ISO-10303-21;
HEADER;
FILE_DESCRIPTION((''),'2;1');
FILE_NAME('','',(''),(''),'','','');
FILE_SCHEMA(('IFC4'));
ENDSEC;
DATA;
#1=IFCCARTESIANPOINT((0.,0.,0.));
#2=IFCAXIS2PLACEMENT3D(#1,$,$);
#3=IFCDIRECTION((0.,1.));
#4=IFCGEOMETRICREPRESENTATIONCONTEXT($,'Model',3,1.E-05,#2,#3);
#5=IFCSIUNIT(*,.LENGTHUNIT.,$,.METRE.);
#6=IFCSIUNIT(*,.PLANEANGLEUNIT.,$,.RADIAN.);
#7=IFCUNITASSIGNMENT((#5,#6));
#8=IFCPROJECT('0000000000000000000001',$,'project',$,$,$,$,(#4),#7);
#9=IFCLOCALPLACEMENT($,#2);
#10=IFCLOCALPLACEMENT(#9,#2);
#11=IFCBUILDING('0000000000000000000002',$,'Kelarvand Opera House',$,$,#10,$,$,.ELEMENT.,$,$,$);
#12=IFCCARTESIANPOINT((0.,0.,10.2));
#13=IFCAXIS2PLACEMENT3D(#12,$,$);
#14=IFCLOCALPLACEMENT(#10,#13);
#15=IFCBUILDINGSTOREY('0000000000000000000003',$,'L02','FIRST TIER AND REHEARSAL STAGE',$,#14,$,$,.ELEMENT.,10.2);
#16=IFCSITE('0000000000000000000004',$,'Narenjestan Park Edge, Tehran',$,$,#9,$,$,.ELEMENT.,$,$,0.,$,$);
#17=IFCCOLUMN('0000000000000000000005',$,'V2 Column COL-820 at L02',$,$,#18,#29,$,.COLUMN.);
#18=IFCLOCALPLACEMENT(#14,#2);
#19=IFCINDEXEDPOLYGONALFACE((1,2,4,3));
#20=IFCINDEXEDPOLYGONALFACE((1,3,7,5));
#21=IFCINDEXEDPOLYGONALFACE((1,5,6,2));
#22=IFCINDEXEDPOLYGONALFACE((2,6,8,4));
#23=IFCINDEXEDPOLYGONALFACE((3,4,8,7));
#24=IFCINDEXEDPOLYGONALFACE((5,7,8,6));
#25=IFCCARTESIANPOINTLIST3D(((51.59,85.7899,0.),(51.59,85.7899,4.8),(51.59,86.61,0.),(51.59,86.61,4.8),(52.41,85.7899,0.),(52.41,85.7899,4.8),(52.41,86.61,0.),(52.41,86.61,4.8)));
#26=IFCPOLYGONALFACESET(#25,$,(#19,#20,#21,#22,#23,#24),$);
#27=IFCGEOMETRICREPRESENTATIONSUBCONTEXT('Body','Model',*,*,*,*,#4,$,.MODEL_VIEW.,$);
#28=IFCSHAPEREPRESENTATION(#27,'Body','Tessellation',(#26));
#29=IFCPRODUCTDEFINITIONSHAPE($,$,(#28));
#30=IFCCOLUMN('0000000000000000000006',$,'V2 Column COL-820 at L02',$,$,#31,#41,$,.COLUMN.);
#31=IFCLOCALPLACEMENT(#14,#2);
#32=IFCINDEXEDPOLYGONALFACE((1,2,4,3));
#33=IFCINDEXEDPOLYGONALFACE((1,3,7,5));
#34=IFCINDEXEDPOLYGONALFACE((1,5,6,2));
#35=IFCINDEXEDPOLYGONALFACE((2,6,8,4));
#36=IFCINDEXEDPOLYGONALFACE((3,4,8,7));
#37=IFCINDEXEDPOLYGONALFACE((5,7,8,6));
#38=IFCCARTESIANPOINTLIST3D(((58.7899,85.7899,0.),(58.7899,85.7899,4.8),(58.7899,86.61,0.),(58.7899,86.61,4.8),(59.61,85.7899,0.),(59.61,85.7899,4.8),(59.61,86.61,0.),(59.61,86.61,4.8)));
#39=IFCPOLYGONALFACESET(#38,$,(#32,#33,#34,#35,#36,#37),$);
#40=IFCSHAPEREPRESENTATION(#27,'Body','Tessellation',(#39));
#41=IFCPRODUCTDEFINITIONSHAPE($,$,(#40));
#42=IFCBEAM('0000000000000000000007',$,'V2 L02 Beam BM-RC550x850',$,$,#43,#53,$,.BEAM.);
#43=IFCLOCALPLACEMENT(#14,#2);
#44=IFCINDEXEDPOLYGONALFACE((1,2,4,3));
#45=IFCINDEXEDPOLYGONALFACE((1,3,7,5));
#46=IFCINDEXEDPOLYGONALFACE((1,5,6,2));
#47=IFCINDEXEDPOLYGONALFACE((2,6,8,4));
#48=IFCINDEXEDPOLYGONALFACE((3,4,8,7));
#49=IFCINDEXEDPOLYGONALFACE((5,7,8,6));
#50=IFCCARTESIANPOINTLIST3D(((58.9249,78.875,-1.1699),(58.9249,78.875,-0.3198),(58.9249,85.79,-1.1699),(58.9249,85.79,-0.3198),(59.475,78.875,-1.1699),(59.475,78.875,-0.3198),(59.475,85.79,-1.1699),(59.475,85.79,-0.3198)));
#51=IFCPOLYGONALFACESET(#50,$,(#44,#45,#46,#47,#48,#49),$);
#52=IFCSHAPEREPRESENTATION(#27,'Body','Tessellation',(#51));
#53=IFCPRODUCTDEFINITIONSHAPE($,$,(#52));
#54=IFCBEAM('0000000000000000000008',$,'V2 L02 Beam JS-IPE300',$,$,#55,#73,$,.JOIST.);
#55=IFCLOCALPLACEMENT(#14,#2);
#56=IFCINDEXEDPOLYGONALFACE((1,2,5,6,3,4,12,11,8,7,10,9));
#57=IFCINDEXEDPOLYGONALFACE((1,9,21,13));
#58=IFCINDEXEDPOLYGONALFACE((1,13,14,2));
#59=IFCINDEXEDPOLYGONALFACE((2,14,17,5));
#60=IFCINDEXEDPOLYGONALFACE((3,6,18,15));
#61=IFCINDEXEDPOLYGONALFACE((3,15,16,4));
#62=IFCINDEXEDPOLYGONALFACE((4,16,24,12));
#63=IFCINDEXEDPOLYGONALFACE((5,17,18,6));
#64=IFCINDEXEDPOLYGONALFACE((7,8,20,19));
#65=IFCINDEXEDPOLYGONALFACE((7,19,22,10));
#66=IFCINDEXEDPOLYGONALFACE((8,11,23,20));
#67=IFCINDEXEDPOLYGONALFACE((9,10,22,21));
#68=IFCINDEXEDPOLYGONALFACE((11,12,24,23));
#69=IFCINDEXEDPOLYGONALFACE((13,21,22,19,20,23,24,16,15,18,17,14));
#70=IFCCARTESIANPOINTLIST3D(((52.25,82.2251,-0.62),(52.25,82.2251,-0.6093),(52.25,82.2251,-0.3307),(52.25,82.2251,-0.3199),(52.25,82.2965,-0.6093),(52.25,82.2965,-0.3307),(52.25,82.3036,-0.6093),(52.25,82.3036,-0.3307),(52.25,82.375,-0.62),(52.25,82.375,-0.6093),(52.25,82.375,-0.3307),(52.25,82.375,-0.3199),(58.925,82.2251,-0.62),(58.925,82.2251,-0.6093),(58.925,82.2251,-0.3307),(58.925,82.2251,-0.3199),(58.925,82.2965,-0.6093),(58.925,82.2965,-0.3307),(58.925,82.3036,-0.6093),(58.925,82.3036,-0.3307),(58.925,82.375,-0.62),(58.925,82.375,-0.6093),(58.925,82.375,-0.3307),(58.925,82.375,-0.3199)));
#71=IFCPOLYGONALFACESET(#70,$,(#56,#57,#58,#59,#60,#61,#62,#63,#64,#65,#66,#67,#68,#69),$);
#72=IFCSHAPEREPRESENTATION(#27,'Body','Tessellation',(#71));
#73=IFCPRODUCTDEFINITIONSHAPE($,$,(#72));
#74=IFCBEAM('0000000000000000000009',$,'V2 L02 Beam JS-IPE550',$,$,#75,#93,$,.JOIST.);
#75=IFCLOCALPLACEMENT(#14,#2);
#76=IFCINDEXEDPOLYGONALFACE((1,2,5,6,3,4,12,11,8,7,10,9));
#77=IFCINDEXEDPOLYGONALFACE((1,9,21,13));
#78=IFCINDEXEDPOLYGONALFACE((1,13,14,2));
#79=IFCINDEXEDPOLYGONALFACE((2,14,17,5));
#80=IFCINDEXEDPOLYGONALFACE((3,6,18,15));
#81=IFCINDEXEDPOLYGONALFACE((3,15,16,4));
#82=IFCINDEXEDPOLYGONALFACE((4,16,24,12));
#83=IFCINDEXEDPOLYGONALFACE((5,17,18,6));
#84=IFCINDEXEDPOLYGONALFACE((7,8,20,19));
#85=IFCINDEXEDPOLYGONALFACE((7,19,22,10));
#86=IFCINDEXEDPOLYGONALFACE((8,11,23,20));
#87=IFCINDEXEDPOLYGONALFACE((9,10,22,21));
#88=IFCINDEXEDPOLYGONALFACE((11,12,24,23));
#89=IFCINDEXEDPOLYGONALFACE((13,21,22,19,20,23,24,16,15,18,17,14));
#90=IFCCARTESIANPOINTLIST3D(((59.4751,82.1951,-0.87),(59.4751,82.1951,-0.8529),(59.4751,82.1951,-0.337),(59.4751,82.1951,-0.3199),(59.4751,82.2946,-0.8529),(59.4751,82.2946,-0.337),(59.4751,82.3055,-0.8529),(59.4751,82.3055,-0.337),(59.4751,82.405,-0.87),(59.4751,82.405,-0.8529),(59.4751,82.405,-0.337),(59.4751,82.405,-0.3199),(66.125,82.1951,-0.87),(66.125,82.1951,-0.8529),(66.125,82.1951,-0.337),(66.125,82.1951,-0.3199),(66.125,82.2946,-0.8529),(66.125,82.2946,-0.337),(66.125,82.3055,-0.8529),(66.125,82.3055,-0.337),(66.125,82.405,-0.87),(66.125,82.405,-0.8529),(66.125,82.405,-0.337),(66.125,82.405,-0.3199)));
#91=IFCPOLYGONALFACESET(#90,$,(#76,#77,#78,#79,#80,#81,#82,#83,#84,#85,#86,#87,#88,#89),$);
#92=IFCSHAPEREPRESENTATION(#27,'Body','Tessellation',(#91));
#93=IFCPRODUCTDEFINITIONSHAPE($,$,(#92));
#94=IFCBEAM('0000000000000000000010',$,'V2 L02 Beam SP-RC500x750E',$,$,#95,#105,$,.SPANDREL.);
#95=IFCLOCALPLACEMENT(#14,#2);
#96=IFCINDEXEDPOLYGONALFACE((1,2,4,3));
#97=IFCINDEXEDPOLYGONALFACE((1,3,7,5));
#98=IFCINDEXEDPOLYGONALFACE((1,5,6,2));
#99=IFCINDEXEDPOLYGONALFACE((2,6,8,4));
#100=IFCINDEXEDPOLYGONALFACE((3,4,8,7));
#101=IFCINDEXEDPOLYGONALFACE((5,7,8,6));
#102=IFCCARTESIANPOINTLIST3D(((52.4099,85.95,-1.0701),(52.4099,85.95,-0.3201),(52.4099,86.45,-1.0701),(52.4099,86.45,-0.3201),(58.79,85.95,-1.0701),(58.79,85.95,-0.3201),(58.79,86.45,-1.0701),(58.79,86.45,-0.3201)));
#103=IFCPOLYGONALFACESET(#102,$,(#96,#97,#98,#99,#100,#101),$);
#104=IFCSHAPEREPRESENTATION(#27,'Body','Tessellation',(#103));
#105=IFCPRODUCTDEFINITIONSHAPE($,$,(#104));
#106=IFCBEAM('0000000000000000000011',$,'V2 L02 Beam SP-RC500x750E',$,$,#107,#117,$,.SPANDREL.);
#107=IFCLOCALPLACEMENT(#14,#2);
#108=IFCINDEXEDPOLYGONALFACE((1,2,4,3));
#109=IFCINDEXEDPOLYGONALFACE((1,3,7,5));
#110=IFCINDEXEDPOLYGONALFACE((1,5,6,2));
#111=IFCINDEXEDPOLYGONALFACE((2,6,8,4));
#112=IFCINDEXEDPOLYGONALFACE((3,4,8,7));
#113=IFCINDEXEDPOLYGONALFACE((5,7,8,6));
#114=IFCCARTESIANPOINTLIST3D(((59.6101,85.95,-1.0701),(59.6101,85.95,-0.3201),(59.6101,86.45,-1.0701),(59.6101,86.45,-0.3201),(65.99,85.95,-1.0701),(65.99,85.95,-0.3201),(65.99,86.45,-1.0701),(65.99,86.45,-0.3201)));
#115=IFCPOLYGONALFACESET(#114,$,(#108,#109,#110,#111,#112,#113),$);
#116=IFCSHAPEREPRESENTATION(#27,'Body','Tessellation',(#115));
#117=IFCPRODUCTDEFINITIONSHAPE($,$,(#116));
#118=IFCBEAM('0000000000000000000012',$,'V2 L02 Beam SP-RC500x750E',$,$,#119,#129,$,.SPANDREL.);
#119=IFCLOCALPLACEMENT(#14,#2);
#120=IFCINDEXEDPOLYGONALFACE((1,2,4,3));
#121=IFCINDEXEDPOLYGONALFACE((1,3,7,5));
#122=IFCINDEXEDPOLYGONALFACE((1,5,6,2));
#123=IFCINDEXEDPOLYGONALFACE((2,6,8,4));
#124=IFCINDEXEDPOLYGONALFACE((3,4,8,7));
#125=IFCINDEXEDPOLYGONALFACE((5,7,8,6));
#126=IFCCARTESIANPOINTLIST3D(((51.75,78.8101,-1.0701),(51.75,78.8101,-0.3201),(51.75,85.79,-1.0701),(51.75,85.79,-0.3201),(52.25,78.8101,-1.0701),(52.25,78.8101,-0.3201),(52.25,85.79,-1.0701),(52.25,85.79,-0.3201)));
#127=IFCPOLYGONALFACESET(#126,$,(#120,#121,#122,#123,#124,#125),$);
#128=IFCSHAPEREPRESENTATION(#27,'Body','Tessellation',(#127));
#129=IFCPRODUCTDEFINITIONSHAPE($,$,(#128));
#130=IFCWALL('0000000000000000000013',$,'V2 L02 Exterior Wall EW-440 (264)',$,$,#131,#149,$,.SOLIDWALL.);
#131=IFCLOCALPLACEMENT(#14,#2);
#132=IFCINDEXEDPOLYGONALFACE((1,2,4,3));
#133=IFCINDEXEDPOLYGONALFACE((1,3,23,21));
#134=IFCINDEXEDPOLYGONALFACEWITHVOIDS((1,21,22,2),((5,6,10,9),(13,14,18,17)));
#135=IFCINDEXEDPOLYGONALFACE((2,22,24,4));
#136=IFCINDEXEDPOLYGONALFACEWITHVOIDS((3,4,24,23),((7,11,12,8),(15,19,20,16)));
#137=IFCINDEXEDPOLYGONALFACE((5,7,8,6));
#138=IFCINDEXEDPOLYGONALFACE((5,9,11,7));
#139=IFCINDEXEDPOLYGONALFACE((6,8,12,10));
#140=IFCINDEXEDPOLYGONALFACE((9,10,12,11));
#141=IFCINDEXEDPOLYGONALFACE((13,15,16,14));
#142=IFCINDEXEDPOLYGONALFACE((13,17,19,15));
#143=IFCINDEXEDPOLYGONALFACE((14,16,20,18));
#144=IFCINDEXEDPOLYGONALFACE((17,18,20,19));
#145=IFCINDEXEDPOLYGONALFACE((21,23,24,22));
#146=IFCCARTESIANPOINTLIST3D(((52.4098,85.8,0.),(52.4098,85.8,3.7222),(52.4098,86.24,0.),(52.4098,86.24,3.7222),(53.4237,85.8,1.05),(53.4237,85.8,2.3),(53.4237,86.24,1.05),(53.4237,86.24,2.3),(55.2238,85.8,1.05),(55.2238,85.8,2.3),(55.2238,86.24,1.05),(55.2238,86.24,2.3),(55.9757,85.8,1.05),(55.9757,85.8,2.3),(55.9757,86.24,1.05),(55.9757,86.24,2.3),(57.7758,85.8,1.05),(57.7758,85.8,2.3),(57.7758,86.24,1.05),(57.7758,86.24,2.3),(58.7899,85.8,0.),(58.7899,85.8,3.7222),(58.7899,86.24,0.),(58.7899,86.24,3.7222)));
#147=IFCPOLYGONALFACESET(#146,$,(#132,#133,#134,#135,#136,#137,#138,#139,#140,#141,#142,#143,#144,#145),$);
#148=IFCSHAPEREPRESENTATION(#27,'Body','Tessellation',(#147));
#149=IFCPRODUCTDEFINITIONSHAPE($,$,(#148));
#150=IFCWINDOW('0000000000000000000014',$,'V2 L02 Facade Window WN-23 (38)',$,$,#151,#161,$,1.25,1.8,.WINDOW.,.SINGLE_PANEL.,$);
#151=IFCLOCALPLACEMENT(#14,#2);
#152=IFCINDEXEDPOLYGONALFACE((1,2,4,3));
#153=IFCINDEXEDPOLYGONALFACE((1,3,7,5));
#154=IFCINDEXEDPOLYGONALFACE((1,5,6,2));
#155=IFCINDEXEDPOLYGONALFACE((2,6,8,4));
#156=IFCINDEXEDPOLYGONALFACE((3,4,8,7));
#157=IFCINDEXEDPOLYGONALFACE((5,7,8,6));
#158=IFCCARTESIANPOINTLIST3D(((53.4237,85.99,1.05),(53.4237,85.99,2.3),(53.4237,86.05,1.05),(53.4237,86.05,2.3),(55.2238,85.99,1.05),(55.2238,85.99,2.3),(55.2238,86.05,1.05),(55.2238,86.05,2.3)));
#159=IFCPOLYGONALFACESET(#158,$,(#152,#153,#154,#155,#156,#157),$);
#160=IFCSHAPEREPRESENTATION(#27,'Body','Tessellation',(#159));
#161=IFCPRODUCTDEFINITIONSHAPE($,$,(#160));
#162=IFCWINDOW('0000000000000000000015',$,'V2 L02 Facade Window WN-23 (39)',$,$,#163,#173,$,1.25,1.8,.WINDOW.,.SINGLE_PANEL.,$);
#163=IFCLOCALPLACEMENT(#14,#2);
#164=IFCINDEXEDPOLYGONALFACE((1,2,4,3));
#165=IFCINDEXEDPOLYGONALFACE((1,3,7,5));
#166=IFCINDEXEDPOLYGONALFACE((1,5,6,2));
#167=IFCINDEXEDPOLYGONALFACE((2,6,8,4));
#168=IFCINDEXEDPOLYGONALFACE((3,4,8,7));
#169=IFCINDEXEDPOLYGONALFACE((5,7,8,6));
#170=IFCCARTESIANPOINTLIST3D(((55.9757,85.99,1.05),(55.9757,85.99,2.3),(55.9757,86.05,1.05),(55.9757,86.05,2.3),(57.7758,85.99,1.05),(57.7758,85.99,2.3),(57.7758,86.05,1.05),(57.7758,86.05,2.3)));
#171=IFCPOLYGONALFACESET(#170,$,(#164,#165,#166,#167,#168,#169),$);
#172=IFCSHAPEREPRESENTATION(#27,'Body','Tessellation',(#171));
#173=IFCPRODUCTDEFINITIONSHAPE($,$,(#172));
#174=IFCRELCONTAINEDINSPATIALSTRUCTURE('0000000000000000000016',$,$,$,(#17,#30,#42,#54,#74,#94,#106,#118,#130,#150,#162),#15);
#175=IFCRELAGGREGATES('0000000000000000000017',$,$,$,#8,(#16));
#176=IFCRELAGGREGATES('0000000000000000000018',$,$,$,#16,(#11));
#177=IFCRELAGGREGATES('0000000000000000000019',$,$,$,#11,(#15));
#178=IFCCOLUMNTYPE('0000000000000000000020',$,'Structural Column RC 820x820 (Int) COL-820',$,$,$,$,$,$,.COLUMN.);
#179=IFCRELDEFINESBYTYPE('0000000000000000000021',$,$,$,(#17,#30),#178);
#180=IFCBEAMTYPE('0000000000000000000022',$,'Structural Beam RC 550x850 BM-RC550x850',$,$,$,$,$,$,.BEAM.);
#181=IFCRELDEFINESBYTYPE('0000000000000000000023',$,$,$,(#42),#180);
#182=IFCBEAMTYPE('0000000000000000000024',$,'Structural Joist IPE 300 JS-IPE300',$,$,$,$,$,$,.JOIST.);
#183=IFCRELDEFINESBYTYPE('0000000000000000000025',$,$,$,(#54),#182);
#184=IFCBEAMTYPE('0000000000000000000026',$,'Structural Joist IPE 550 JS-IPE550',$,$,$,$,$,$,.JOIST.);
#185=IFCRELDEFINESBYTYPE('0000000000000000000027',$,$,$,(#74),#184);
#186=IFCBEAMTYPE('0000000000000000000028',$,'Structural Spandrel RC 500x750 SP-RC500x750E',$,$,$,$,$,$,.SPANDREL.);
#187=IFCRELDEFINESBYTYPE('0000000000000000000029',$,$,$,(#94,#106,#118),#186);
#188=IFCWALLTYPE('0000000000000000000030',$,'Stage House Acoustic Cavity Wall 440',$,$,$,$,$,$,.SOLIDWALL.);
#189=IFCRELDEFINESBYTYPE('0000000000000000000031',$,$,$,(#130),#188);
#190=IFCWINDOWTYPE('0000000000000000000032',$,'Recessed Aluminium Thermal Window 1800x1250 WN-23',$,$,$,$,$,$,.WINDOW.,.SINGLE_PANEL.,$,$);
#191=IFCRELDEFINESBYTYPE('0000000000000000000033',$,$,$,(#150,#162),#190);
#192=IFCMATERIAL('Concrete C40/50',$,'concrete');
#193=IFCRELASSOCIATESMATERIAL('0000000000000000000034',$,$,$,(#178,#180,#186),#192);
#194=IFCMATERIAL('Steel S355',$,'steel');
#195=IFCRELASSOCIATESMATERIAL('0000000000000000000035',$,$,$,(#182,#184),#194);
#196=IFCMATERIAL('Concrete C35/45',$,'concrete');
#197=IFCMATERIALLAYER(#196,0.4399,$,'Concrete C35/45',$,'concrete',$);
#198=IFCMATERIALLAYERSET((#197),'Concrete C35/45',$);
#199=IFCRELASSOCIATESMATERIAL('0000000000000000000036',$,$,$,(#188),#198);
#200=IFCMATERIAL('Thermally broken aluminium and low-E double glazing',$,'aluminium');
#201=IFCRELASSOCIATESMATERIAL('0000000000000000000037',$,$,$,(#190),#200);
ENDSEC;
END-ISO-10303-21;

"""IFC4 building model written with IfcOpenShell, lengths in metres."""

from ifc_helpers import new_model, si_unit, direction, frame, frame_2d, origin, origin_2d, place, context, subcontext, project, spatial, rectangle, i_section, extrude, material, layer, layer_set, material_profile, profile_set, type_object, element, fill, save


model = new_model("IFC4")

# Units and contexts
model_context = context("Model", 3, precision=1e-05, world=origin(), true_north=direction((0.0, 1.0)))
body_context = subcontext(model_context, "Body", "Model", "MODEL_VIEW")
ifc_project = project(units=[si_unit("LENGTHUNIT", "METRE"), si_unit("PLANEANGLEUNIT", "RADIAN")], contexts=[model_context])

# Site, building, storey
site_placement = place(None, origin())
site = spatial("IfcSite", under=ifc_project, at=site_placement, Name="Narenjestan Park Edge, Tehran", CompositionType="ELEMENT", RefElevation=0.0)
building_placement = place(site_placement, origin())
building = spatial("IfcBuilding", under=site, at=building_placement, Name="Kelarvand Opera House", CompositionType="ELEMENT")
storey_placement = place(building_placement, frame((0.0, 0.0, 10.2)))
storey = spatial("IfcBuildingStorey", under=building, at=storey_placement, Name="L02", Description="FIRST TIER AND REHEARSAL STAGE", CompositionType="ELEMENT", Elevation=10.2)

# Columns
ifc_material_1 = material(Name="Concrete C40/50", Category="concrete")
ifc_material_profile_1 = material_profile(ifc_material_1, rectangle(XDim=0.8201, YDim=0.8201, at=origin_2d()), Name="RC 820x820", Category="concrete")
ifc_profile_set_1 = profile_set([ifc_material_profile_1], Name="Concrete C40/50")
column_type = type_object("IfcColumnType", Name="Structural Column RC 820x820 (Int) COL-820", PredefinedType="COLUMN", material=ifc_profile_set_1)
for number, where, z_axis, x_axis, name in (
    (1, (52.0, 86.2, 0.0), (0.0, 0.0, 1.0), (1.0, 0.0, 0.0), "V2 Column COL-820 at L02"),
    (2, (59.2, 86.2, 0.0), (0.0, 0.0, 1.0), (1.0, 0.0, 0.0), "V2 Column COL-820 at L02"),
):
    element("IfcColumn", number, at=place(storey_placement, frame(where, z_axis=z_axis, x_axis=x_axis)), inside=storey, type_object=column_type, Name=name, PredefinedType="COLUMN", context=body_context, shape_type="SweptSolid", body=[
        extrude(rectangle(XDim=0.8201, YDim=0.8201, at=origin_2d()), origin(), (0.0, 0.0, 1.0), 4.8),
    ])

# Beams
ifc_material_profile_2 = material_profile(ifc_material_1, rectangle(XDim=0.55, YDim=0.8501, at=origin_2d()), Name="RC 550x850", Category="concrete")
ifc_profile_set_2 = profile_set([ifc_material_profile_2], Name="Concrete C40/50")
beam_type_1 = type_object("IfcBeamType", Name="Structural Beam RC 550x850 BM-RC550x850", PredefinedType="BEAM", material=ifc_profile_set_2)
beam_1_placement = place(storey_placement, frame((59.2, 78.875, -0.7449), z_axis=(0.0, 1.0, 0.0), x_axis=(-1.0, 0.0, 0.0)))
element("IfcBeam", 3, at=beam_1_placement, inside=storey, type_object=beam_type_1, Name="V2 L02 Beam BM-RC550x850", PredefinedType="BEAM", context=body_context, shape_type="SweptSolid", body=[
    extrude(rectangle(XDim=0.55, YDim=0.8501, at=origin_2d()), origin(), (0.0, 0.0, 1.0), 6.915),
])
ifc_material_2 = material(Name="Steel S355", Category="steel")
ifc_material_profile_3 = material_profile(ifc_material_2, i_section(OverallWidth=0.1499, OverallDepth=0.3, WebThickness=0.0071, FlangeThickness=0.0107, at=origin_2d()), Name="IPE 300", Category="steel")
ifc_profile_set_3 = profile_set([ifc_material_profile_3], Name="Steel S355")
beam_type_2 = type_object("IfcBeamType", Name="Structural Joist IPE 300 JS-IPE300", PredefinedType="JOIST", material=ifc_profile_set_3)
beam_2_placement = place(storey_placement, frame((52.25, 82.3, -0.47), z_axis=(1.0, 0.0, 0.0), x_axis=(0.0, 1.0, 0.0)))
element("IfcBeam", 4, at=beam_2_placement, inside=storey, type_object=beam_type_2, Name="V2 L02 Beam JS-IPE300", PredefinedType="JOIST", context=body_context, shape_type="SweptSolid", body=[
    extrude(i_section(OverallWidth=0.1499, OverallDepth=0.3, WebThickness=0.0071, FlangeThickness=0.0107, at=origin_2d()), origin(), (0.0, 0.0, 1.0), 6.675),
])
ifc_material_profile_4 = material_profile(ifc_material_2, i_section(OverallWidth=0.21, OverallDepth=0.55, WebThickness=0.011, FlangeThickness=0.0171, at=origin_2d()), Name="IPE 550", Category="steel")
ifc_profile_set_4 = profile_set([ifc_material_profile_4], Name="Steel S355")
beam_type_3 = type_object("IfcBeamType", Name="Structural Joist IPE 550 JS-IPE550", PredefinedType="JOIST", material=ifc_profile_set_4)
beam_3_placement = place(storey_placement, frame((59.4751, 82.3, -0.595), z_axis=(1.0, 0.0, 0.0), x_axis=(0.0, 1.0, 0.0)))
element("IfcBeam", 5, at=beam_3_placement, inside=storey, type_object=beam_type_3, Name="V2 L02 Beam JS-IPE550", PredefinedType="JOIST", context=body_context, shape_type="SweptSolid", body=[
    extrude(i_section(OverallWidth=0.21, OverallDepth=0.55, WebThickness=0.011, FlangeThickness=0.0171, at=origin_2d()), origin(), (0.0, 0.0, 1.0), 6.6499),
])
ifc_material_profile_5 = material_profile(ifc_material_1, rectangle(XDim=0.5, YDim=0.75, at=origin_2d()), Name="RC 500x750", Category="concrete")
ifc_profile_set_5 = profile_set([ifc_material_profile_5], Name="Concrete C40/50")
beam_type_4 = type_object("IfcBeamType", Name="Structural Spandrel RC 500x750 SP-RC500x750E", PredefinedType="SPANDREL", material=ifc_profile_set_5)
beam_4_placement = place(storey_placement, frame((52.4099, 86.2, -0.6951), z_axis=(1.0, 0.0, 0.0), x_axis=(0.0, 1.0, 0.0)))
element("IfcBeam", 6, at=beam_4_placement, inside=storey, type_object=beam_type_4, Name="V2 L02 Beam SP-RC500x750E", PredefinedType="SPANDREL", context=body_context, shape_type="SweptSolid", body=[
    extrude(rectangle(XDim=0.5, YDim=0.75, at=origin_2d()), origin(), (0.0, 0.0, 1.0), 6.3801),
])
beam_5_placement = place(storey_placement, frame((59.6101, 86.2, -0.6951), z_axis=(1.0, 0.0, 0.0), x_axis=(0.0, 1.0, 0.0)))
element("IfcBeam", 7, at=beam_5_placement, inside=storey, type_object=beam_type_4, Name="V2 L02 Beam SP-RC500x750E", PredefinedType="SPANDREL", context=body_context, shape_type="SweptSolid", body=[
    extrude(rectangle(XDim=0.5, YDim=0.75, at=origin_2d()), origin(), (0.0, 0.0, 1.0), 6.3799),
])
beam_6_placement = place(storey_placement, frame((52.0, 78.8101, -0.6951), z_axis=(0.0, 1.0, 0.0), x_axis=(-1.0, 0.0, 0.0)))
element("IfcBeam", 8, at=beam_6_placement, inside=storey, type_object=beam_type_4, Name="V2 L02 Beam SP-RC500x750E", PredefinedType="SPANDREL", context=body_context, shape_type="SweptSolid", body=[
    extrude(rectangle(XDim=0.5, YDim=0.75, at=origin_2d()), origin(), (0.0, 0.0, 1.0), 6.98),
])

# Wall, openings, windows
ifc_material_3 = material(Name="Concrete C35/45", Category="concrete")
ifc_layer = layer(ifc_material_3, 0.4399, Name="Concrete C35/45", Category="concrete")
ifc_layer_set = layer_set([ifc_layer], Name="Concrete C35/45")
wall_type = type_object("IfcWallType", Name="Stage House Acoustic Cavity Wall 440", PredefinedType="SOLIDWALL", material=ifc_layer_set)
wall_1_placement = place(storey_placement, frame((52.4099, 86.02, 0.0), z_axis=(0.0, 0.0, 1.0), x_axis=(1.0, 0.0, 0.0)))
wall_1 = element("IfcWall", 9, at=wall_1_placement, inside=storey, type_object=wall_type, Name="V2 L02 Exterior Wall EW-440 (264)", PredefinedType="SOLIDWALL", context=body_context, shape_type="SweptSolid", body=[
    extrude(rectangle(XDim=6.3801, YDim=0.4399, at=frame_2d((3.1899, 0.0))), origin(), (0.0, 0.0, 1.0), 3.7222),
])
opening_1_placement = place(wall_1_placement, frame((1.0139, 0.0, 1.05)))
opening_1 = element("IfcOpeningElement", 10, at=opening_1_placement, cuts=wall_1, PredefinedType="OPENING", context=body_context, shape_type="SweptSolid", body=[
    extrude(rectangle(XDim=1.8, YDim=1.25, at=frame_2d((0.8999, 0.625))), frame((0.0, 0.23, 0.0), z_axis=(0.0, -1.0, 0.0), x_axis=(1.0, 0.0, 0.0)), (0.0, 0.0, 1.0), 0.46),
])
opening_2_placement = place(wall_1_placement, frame((3.5659, 0.0, 1.05)))
opening_2 = element("IfcOpeningElement", 11, at=opening_2_placement, cuts=wall_1, PredefinedType="OPENING", context=body_context, shape_type="SweptSolid", body=[
    extrude(rectangle(XDim=1.8, YDim=1.25, at=frame_2d((0.8999, 0.625))), frame((0.0, 0.23, 0.0), z_axis=(0.0, -1.0, 0.0), x_axis=(1.0, 0.0, 0.0)), (0.0, 0.0, 1.0), 0.46),
])
ifc_material_4 = material(Name="Thermally broken aluminium and low-E double glazing", Category="aluminium")
window_type_1 = type_object("IfcWindowType", Name="Recessed Aluminium Thermal Window 1800x1250 WN-23", PartitioningType="SINGLE_PANEL", PredefinedType="WINDOW", material=ifc_material_4)
window_1_placement = place(opening_1_placement, origin())
window_1 = element("IfcWindow", 12, at=window_1_placement, inside=storey, type_object=window_type_1, Name="V2 L02 Facade Window WN-23 (38)", OverallHeight=1.25, OverallWidth=1.8, PartitioningType="SINGLE_PANEL", PredefinedType="WINDOW", context=body_context, shape_type="SweptSolid", body=[
    extrude(rectangle(XDim=1.8, YDim=1.25, at=frame_2d((0.8999, 0.625))), frame((0.0, 0.03, 0.0), z_axis=(0.0, -1.0, 0.0), x_axis=(1.0, 0.0, 0.0)), (0.0, 0.0, 1.0), 0.0601),
])
fill(opening_1, window_1)
window_2_placement = place(opening_2_placement, origin())
window_2 = element("IfcWindow", 13, at=window_2_placement, inside=storey, type_object=window_type_1, Name="V2 L02 Facade Window WN-23 (39)", OverallHeight=1.25, OverallWidth=1.8, PartitioningType="SINGLE_PANEL", PredefinedType="WINDOW", context=body_context, shape_type="SweptSolid", body=[
    extrude(rectangle(XDim=1.8, YDim=1.25, at=frame_2d((0.8999, 0.625))), frame((0.0, 0.03, 0.0), z_axis=(0.0, -1.0, 0.0), x_axis=(1.0, 0.0, 0.0)), (0.0, 0.0, 1.0), 0.0601),
])
fill(opening_2, window_2)

save(model, "model.ifc")
